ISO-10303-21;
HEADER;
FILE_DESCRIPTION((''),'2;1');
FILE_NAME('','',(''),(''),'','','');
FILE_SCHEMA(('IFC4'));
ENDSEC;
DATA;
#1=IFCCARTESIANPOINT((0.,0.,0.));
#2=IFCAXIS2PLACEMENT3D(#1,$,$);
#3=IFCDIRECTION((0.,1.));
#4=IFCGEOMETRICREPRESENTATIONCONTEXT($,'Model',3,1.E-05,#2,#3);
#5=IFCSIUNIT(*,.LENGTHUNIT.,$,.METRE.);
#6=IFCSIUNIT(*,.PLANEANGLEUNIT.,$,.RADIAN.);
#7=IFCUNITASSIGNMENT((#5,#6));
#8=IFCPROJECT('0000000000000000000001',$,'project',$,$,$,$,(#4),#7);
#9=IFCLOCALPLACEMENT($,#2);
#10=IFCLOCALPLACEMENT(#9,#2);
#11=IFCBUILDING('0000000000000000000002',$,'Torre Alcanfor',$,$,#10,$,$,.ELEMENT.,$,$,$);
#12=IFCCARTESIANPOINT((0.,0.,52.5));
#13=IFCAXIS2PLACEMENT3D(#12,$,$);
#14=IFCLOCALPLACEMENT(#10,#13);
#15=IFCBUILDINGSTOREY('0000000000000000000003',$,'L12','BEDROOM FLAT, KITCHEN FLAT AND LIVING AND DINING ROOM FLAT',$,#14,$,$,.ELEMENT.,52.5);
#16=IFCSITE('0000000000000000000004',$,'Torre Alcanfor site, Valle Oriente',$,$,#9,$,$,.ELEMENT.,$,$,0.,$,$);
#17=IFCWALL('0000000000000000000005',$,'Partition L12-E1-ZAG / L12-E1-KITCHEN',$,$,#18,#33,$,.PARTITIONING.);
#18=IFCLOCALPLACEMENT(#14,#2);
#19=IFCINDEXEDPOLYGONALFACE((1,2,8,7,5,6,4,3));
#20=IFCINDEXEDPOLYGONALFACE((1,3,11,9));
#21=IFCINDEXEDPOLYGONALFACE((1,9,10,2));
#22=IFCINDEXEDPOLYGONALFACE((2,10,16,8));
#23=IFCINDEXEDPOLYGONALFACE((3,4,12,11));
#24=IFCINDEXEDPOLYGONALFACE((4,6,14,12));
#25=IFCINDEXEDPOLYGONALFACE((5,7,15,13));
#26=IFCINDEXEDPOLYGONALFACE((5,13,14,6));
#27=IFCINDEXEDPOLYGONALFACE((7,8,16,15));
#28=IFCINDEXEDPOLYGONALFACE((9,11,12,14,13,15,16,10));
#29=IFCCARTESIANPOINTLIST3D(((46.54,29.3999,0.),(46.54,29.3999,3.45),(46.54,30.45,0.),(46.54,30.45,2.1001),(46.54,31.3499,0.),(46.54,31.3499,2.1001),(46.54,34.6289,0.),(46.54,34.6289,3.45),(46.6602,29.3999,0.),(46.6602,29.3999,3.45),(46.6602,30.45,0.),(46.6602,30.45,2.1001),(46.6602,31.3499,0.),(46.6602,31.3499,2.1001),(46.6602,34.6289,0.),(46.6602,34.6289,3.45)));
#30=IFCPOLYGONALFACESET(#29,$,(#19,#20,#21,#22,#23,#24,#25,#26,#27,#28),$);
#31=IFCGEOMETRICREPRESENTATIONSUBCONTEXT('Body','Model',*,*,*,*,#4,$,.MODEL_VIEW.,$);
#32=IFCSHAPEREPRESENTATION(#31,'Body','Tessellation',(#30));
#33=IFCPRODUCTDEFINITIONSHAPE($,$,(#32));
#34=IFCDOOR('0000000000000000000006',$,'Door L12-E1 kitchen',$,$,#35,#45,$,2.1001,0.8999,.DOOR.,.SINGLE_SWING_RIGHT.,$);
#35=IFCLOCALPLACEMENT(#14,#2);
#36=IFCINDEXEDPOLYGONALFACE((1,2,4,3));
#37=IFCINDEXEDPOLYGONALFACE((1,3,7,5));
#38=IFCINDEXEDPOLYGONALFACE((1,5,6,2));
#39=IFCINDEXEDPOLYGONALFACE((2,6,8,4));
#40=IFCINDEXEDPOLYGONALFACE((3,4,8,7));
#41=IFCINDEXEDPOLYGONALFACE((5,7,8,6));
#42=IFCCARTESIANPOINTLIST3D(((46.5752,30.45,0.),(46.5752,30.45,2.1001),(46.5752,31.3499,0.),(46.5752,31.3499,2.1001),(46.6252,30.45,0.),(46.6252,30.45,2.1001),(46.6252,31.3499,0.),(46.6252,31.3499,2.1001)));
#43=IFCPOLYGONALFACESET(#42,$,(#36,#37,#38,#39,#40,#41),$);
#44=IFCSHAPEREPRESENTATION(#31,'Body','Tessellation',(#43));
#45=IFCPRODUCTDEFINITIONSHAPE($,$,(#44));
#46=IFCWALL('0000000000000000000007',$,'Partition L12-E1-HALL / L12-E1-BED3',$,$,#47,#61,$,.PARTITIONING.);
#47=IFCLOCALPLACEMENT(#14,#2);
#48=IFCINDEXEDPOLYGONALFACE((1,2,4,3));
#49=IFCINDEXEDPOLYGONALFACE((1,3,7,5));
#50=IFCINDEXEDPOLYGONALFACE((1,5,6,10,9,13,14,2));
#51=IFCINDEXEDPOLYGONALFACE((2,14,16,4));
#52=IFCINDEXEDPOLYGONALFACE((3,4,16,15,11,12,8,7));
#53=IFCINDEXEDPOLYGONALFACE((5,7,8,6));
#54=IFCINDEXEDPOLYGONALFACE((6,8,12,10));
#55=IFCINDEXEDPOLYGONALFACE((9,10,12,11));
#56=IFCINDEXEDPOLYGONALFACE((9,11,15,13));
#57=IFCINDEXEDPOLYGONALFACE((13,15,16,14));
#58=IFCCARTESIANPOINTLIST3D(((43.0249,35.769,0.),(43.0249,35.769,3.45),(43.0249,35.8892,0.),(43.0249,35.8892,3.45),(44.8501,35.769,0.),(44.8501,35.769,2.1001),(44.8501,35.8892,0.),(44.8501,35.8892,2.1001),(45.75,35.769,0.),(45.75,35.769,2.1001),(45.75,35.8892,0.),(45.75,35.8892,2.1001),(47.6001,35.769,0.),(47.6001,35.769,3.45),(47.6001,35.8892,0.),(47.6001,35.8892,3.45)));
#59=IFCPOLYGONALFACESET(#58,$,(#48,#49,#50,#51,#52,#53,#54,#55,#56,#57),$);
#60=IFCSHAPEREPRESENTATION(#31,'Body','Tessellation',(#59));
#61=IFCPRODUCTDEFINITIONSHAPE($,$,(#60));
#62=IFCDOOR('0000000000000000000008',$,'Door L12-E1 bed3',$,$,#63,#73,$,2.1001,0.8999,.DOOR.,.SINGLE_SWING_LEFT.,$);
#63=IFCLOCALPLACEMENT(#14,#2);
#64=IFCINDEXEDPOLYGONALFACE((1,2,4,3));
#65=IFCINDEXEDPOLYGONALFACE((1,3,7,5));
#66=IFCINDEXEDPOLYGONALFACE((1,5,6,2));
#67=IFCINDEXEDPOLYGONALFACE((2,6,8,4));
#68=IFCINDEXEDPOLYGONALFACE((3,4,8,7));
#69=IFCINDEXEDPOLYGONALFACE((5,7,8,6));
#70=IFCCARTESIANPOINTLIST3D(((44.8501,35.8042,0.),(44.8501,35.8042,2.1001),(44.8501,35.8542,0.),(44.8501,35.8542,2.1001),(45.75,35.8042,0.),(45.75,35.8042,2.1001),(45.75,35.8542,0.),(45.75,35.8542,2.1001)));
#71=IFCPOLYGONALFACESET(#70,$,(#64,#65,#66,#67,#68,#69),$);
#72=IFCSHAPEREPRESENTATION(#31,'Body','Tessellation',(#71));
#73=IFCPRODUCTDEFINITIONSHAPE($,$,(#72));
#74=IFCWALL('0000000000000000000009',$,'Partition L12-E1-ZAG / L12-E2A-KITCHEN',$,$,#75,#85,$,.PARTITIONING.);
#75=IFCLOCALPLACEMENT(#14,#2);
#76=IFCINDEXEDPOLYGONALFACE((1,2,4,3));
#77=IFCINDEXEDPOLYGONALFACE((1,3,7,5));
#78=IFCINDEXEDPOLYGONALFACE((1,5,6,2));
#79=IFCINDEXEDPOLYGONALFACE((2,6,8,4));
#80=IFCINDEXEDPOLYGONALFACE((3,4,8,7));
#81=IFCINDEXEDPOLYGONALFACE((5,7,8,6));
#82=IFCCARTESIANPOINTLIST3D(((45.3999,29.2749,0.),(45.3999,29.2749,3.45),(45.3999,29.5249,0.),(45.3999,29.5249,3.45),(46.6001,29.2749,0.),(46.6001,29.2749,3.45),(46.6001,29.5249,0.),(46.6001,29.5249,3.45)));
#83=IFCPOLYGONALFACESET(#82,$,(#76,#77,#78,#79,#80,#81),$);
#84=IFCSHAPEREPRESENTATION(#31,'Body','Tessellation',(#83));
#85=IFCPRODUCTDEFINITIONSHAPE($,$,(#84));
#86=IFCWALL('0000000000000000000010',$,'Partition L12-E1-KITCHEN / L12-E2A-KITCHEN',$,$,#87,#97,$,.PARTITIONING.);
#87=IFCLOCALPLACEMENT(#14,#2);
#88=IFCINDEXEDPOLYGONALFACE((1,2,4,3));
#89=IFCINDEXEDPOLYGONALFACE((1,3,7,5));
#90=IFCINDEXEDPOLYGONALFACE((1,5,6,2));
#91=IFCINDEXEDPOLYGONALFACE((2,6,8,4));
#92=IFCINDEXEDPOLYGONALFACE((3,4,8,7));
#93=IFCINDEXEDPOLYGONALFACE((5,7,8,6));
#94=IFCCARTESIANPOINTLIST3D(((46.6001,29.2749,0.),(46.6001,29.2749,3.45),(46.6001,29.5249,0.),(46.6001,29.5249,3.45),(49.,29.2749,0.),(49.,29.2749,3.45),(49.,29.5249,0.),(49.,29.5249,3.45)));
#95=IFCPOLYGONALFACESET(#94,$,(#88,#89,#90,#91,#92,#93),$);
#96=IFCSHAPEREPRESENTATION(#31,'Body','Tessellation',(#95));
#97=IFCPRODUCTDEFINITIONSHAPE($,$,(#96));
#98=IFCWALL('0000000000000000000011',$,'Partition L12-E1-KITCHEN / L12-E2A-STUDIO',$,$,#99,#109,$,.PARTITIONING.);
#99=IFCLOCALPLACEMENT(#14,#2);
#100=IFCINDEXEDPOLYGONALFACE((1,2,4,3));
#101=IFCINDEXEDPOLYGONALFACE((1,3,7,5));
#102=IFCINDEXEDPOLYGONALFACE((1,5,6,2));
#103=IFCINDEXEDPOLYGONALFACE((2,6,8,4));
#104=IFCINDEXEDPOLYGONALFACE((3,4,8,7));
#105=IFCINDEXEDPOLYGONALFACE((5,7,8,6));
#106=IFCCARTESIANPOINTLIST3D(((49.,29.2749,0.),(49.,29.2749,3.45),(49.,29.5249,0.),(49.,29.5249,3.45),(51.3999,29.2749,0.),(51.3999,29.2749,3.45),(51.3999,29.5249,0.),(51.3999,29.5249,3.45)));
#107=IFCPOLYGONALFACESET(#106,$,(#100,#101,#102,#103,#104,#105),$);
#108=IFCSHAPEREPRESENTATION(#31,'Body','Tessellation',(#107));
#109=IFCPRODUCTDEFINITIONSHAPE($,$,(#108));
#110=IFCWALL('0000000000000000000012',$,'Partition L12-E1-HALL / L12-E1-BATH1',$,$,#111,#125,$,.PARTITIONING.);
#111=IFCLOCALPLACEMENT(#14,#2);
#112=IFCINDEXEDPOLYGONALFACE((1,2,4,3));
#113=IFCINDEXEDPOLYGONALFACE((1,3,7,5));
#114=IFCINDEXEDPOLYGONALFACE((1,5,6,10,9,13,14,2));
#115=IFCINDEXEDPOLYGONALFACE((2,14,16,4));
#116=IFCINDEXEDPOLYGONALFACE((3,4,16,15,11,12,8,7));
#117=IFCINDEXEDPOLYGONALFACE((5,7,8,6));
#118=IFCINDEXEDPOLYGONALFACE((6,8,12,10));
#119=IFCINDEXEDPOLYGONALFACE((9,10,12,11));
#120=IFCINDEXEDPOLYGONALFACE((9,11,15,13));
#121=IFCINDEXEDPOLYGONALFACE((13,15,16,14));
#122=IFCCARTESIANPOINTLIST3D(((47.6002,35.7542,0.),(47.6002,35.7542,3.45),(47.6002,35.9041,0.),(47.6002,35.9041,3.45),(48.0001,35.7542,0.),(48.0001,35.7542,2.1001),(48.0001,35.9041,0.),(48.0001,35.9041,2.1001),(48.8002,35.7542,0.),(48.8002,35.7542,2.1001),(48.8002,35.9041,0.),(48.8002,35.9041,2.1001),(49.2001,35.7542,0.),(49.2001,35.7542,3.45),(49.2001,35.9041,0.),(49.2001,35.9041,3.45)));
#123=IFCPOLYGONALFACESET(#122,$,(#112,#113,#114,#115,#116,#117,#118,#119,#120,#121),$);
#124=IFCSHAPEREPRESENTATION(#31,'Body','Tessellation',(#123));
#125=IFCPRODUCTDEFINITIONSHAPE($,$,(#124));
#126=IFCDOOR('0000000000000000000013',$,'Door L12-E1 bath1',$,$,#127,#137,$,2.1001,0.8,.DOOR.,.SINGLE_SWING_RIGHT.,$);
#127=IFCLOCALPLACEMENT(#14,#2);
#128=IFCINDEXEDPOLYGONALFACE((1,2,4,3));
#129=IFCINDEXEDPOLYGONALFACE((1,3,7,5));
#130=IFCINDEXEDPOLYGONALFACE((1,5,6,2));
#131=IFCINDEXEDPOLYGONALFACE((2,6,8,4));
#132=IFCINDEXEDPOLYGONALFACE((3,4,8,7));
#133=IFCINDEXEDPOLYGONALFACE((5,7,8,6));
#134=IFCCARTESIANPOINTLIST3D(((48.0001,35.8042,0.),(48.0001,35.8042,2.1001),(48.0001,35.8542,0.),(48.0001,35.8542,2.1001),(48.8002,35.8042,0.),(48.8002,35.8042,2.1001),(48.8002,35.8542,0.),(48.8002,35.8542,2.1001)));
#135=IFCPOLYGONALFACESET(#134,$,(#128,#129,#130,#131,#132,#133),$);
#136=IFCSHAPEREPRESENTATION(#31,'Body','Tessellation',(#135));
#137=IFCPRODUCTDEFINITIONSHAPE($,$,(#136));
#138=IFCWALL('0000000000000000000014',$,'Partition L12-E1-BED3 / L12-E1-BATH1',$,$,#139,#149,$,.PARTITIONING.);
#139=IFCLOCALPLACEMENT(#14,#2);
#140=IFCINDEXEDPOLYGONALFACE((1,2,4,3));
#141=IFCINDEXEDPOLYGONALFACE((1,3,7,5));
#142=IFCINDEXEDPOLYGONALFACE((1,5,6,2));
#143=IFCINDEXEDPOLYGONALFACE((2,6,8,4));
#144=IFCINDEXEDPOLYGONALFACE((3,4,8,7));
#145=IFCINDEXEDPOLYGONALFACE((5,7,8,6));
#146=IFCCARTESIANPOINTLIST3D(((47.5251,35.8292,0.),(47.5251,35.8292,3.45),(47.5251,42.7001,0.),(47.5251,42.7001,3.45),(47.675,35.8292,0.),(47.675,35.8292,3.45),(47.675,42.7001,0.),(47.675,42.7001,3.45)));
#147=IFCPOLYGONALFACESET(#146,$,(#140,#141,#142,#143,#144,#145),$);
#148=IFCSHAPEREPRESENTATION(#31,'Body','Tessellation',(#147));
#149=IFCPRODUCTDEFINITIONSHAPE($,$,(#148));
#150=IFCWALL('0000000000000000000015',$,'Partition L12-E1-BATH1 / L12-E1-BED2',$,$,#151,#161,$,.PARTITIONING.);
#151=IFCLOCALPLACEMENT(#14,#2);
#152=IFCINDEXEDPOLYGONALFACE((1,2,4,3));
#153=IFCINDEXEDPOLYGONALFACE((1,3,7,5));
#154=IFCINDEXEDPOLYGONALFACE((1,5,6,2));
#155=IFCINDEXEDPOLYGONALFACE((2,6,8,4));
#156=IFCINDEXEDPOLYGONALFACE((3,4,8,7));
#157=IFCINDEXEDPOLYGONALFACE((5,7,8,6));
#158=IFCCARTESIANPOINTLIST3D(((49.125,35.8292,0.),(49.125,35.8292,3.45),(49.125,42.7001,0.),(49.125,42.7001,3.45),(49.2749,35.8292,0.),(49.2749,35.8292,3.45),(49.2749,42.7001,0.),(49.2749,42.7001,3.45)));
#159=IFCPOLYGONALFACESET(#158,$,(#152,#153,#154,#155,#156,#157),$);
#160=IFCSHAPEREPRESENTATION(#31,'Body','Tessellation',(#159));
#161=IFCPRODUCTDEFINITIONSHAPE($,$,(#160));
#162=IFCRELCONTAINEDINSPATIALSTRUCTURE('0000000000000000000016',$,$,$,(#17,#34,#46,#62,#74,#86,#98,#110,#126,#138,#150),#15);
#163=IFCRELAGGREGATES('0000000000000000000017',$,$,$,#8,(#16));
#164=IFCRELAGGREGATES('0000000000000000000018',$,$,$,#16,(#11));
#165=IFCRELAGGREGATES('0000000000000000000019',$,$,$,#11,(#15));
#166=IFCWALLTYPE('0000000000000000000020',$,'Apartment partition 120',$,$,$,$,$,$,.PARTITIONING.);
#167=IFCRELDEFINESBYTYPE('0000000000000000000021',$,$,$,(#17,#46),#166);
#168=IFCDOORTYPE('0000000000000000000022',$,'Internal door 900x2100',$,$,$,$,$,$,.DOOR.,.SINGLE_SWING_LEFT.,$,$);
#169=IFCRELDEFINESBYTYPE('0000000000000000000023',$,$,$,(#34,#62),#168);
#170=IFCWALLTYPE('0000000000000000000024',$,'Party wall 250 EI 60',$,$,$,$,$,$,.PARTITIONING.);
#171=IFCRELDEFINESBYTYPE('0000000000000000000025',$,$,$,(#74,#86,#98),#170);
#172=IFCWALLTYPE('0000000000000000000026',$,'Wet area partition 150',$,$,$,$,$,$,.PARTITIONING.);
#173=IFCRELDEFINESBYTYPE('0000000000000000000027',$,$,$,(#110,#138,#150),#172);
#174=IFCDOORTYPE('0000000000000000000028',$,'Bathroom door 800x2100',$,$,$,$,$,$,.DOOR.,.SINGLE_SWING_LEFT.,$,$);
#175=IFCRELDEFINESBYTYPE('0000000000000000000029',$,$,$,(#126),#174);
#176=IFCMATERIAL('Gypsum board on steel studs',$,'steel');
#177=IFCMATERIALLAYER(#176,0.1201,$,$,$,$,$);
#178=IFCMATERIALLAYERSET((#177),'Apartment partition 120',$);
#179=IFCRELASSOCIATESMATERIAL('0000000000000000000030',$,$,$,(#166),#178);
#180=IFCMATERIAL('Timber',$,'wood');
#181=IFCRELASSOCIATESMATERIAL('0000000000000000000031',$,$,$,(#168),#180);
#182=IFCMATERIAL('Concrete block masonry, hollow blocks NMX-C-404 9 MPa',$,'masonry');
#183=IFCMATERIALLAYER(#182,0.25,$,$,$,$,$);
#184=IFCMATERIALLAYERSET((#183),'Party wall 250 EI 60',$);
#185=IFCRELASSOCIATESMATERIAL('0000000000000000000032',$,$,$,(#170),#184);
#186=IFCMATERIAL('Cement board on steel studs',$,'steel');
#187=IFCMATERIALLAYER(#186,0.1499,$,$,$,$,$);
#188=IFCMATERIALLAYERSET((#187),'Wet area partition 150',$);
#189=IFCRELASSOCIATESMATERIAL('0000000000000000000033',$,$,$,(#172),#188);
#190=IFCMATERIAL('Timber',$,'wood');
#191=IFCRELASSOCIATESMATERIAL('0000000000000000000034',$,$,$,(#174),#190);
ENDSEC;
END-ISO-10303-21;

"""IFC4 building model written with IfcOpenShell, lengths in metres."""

from ifc_helpers import new_model, si_unit, direction, frame, frame_2d, origin, place, context, subcontext, project, spatial, rectangle, extrude, material, layer, layer_set, type_object, element, fill, save


model = new_model("IFC4")

# Units and contexts
model_context = context("Model", 3, precision=1e-05, world=origin(), true_north=direction((0.0, 1.0)))
body_context = subcontext(model_context, "Body", "Model", "MODEL_VIEW")
ifc_project = project(units=[si_unit("LENGTHUNIT", "METRE"), si_unit("PLANEANGLEUNIT", "RADIAN")], contexts=[model_context])

# Site, building, storey
site_placement = place(None, origin())
site = spatial("IfcSite", under=ifc_project, at=site_placement, Name="Torre Alcanfor site, Valle Oriente", CompositionType="ELEMENT", RefElevation=0.0)
building_placement = place(site_placement, origin())
building = spatial("IfcBuilding", under=site, at=building_placement, Name="Torre Alcanfor", CompositionType="ELEMENT")
storey_placement = place(building_placement, frame((0.0, 0.0, 52.5)))
storey = spatial("IfcBuildingStorey", under=building, at=storey_placement, Name="L12", Description="BEDROOM FLAT, KITCHEN FLAT AND LIVING AND DINING ROOM FLAT", CompositionType="ELEMENT", Elevation=52.5)

# Walls, openings, doors
ifc_material_1 = material(Name="Gypsum board on steel studs", Category="steel")
ifc_layer_1 = layer(ifc_material_1, 0.1201)
ifc_layer_set_1 = layer_set([ifc_layer_1], Name="Apartment partition 120")
wall_type_1 = type_object("IfcWallType", Name="Apartment partition 120", PredefinedType="PARTITIONING", material=ifc_layer_set_1)
wall_1_placement = place(storey_placement, frame((46.6001, 29.3999, 0.0), z_axis=(0.0, 0.0, 1.0), x_axis=(0.0, 1.0, 0.0)))
wall_1 = element("IfcWall", 1, at=wall_1_placement, inside=storey, type_object=wall_type_1, Name="Partition L12-E1-ZAG / L12-E1-KITCHEN", PredefinedType="PARTITIONING", context=body_context, shape_type="SweptSolid", body=[
    extrude(rectangle(XDim=5.229, YDim=0.1201, at=frame_2d((2.6145, 0.0))), origin(), (0.0, 0.0, 1.0), 3.45),
])
opening_1_placement = place(wall_1_placement, frame((1.05, 0.0, 0.0)))
opening_1 = element("IfcOpeningElement", 2, at=opening_1_placement, cuts=wall_1, PredefinedType="OPENING", context=body_context, shape_type="SweptSolid", body=[
    extrude(rectangle(XDim=0.8999, YDim=2.1001, at=frame_2d((0.45, 1.05))), frame((0.0, 0.0701, 0.0), z_axis=(0.0, -1.0, 0.0), x_axis=(1.0, 0.0, 0.0)), (0.0, 0.0, 1.0), 0.1401),
])
ifc_material_2 = material(Name="Timber", Category="wood")
door_type_1 = type_object("IfcDoorType", Name="Internal door 900x2100", OperationType="SINGLE_SWING_LEFT", PredefinedType="DOOR", material=ifc_material_2)
door_1_placement = place(opening_1_placement, frame((0.8999, 0.0, 0.0), z_axis=(0.0, 0.0, 1.0), x_axis=(-1.0, 0.0, 0.0)))
door_1 = element("IfcDoor", 3, at=door_1_placement, inside=storey, type_object=door_type_1, Name="Door L12-E1 kitchen", OperationType="SINGLE_SWING_RIGHT", OverallHeight=2.1001, OverallWidth=0.8999, PredefinedType="DOOR", context=body_context, shape_type="SweptSolid", body=[
    extrude(rectangle(XDim=0.8999, YDim=2.1001, at=frame_2d((0.45, 1.05))), frame((0.0, 0.0251, 0.0), z_axis=(0.0, -1.0, 0.0), x_axis=(1.0, 0.0, 0.0)), (0.0, 0.0, 1.0), 0.05),
])
fill(opening_1, door_1)
wall_2_placement = place(storey_placement, frame((47.6001, 35.8291, 0.0), z_axis=(0.0, 0.0, 1.0), x_axis=(-1.0, 0.0, 0.0)))
wall_2 = element("IfcWall", 4, at=wall_2_placement, inside=storey, type_object=wall_type_1, Name="Partition L12-E1-HALL / L12-E1-BED3", PredefinedType="PARTITIONING", context=body_context, shape_type="SweptSolid", body=[
    extrude(rectangle(XDim=4.5752, YDim=0.1201, at=frame_2d((2.2876, 0.0))), origin(), (0.0, 0.0, 1.0), 3.45),
])
opening_2_placement = place(wall_2_placement, frame((1.8501, 0.0, 0.0)))
opening_2 = element("IfcOpeningElement", 5, at=opening_2_placement, cuts=wall_2, PredefinedType="OPENING", context=body_context, shape_type="SweptSolid", body=[
    extrude(rectangle(XDim=0.8999, YDim=2.1001, at=frame_2d((0.45, 1.05))), frame((0.0, 0.0701, 0.0), z_axis=(0.0, -1.0, 0.0), x_axis=(1.0, 0.0, 0.0)), (0.0, 0.0, 1.0), 0.1401),
])
door_2_placement = place(opening_2_placement, frame((0.8999, 0.0, 0.0), z_axis=(0.0, 0.0, 1.0), x_axis=(-1.0, 0.0, 0.0)))
door_2 = element("IfcDoor", 6, at=door_2_placement, inside=storey, type_object=door_type_1, Name="Door L12-E1 bed3", OperationType="SINGLE_SWING_LEFT", OverallHeight=2.1001, OverallWidth=0.8999, PredefinedType="DOOR", context=body_context, shape_type="SweptSolid", body=[
    extrude(rectangle(XDim=0.8999, YDim=2.1001, at=frame_2d((0.45, 1.05))), frame((0.0, 0.0251, 0.0), z_axis=(0.0, -1.0, 0.0), x_axis=(1.0, 0.0, 0.0)), (0.0, 0.0, 1.0), 0.05),
])
fill(opening_2, door_2)

# Walls
ifc_material_3 = material(Name="Concrete block masonry, hollow blocks NMX-C-404 9 MPa", Category="masonry")
ifc_layer_2 = layer(ifc_material_3, 0.25)
ifc_layer_set_2 = layer_set([ifc_layer_2], Name="Party wall 250 EI 60")
wall_type_2 = type_object("IfcWallType", Name="Party wall 250 EI 60", PredefinedType="PARTITIONING", material=ifc_layer_set_2)
wall_3_placement = place(storey_placement, frame((45.3999, 29.3999, 0.0), z_axis=(0.0, 0.0, 1.0), x_axis=(1.0, 0.0, 0.0)))
element("IfcWall", 7, at=wall_3_placement, inside=storey, type_object=wall_type_2, Name="Partition L12-E1-ZAG / L12-E2A-KITCHEN", PredefinedType="PARTITIONING", context=body_context, shape_type="SweptSolid", body=[
    extrude(rectangle(XDim=1.2002, YDim=0.25, at=frame_2d((0.6001, 0.0))), origin(), (0.0, 0.0, 1.0), 3.45),
])
for number, where, z_axis, x_axis, name in (
    (8, (46.6001, 29.3999, 0.0), (0.0, 0.0, 1.0), (1.0, 0.0, 0.0), "Partition L12-E1-KITCHEN / L12-E2A-KITCHEN"),
    (9, (49.0, 29.3999, 0.0), (0.0, 0.0, 1.0), (1.0, 0.0, 0.0), "Partition L12-E1-KITCHEN / L12-E2A-STUDIO"),
):
    element("IfcWall", number, at=place(storey_placement, frame(where, z_axis=z_axis, x_axis=x_axis)), inside=storey, type_object=wall_type_2, Name=name, PredefinedType="PARTITIONING", context=body_context, shape_type="SweptSolid", body=[
        extrude(rectangle(XDim=2.3999, YDim=0.25, at=frame_2d((1.2, 0.0))), origin(), (0.0, 0.0, 1.0), 3.45),
    ])

# Wall, opening, door
ifc_material_4 = material(Name="Cement board on steel studs", Category="steel")
ifc_layer_3 = layer(ifc_material_4, 0.1499)
ifc_layer_set_3 = layer_set([ifc_layer_3], Name="Wet area partition 150")
wall_type_3 = type_object("IfcWallType", Name="Wet area partition 150", PredefinedType="PARTITIONING", material=ifc_layer_set_3)
wall_4_placement = place(storey_placement, frame((49.2, 35.8291, 0.0), z_axis=(0.0, 0.0, 1.0), x_axis=(-1.0, 0.0, 0.0)))
wall_4 = element("IfcWall", 10, at=wall_4_placement, inside=storey, type_object=wall_type_3, Name="Partition L12-E1-HALL / L12-E1-BATH1", PredefinedType="PARTITIONING", context=body_context, shape_type="SweptSolid", body=[
    extrude(rectangle(XDim=1.5999, YDim=0.1499, at=frame_2d((0.7998, 0.0))), origin(), (0.0, 0.0, 1.0), 3.45),
])
opening_3_placement = place(wall_4_placement, frame((0.3999, 0.0, 0.0)))
opening_3 = element("IfcOpeningElement", 11, at=opening_3_placement, cuts=wall_4, PredefinedType="OPENING", context=body_context, shape_type="SweptSolid", body=[
    extrude(rectangle(XDim=0.8, YDim=2.1001, at=frame_2d((0.3999, 1.05))), frame((0.0, 0.085, 0.0), z_axis=(0.0, -1.0, 0.0), x_axis=(1.0, 0.0, 0.0)), (0.0, 0.0, 1.0), 0.1699),
])
ifc_material_5 = material(Name="Timber", Category="wood")
door_type_2 = type_object("IfcDoorType", Name="Bathroom door 800x2100", OperationType="SINGLE_SWING_LEFT", PredefinedType="DOOR", material=ifc_material_5)
door_3_placement = place(opening_3_placement, frame((0.8, 0.0, 0.0), z_axis=(0.0, 0.0, 1.0), x_axis=(-1.0, 0.0, 0.0)))
door_3 = element("IfcDoor", 12, at=door_3_placement, inside=storey, type_object=door_type_2, Name="Door L12-E1 bath1", OperationType="SINGLE_SWING_RIGHT", OverallHeight=2.1001, OverallWidth=0.8, PredefinedType="DOOR", context=body_context, shape_type="SweptSolid", body=[
    extrude(rectangle(XDim=0.8, YDim=2.1001, at=frame_2d((0.4001, 1.05))), frame((0.0, 0.0251, 0.0), z_axis=(0.0, -1.0, 0.0), x_axis=(1.0, 0.0, 0.0)), (0.0, 0.0, 1.0), 0.05),
])
fill(opening_3, door_3)

# Walls
for number, where, z_axis, x_axis, name in (
    (13, (47.6001, 35.8291, 0.0), (0.0, 0.0, 1.0), (0.0, 1.0, 0.0), "Partition L12-E1-BED3 / L12-E1-BATH1"),
    (14, (49.2, 35.8291, 0.0), (0.0, 0.0, 1.0), (0.0, 1.0, 0.0), "Partition L12-E1-BATH1 / L12-E1-BED2"),
):
    element("IfcWall", number, at=place(storey_placement, frame(where, z_axis=z_axis, x_axis=x_axis)), inside=storey, type_object=wall_type_3, Name=name, PredefinedType="PARTITIONING", context=body_context, shape_type="SweptSolid", body=[
        extrude(rectangle(XDim=6.8708, YDim=0.1499, at=frame_2d((3.4355, 0.0))), origin(), (0.0, 0.0, 1.0), 3.45),
    ])

save(model, "model.ifc")
